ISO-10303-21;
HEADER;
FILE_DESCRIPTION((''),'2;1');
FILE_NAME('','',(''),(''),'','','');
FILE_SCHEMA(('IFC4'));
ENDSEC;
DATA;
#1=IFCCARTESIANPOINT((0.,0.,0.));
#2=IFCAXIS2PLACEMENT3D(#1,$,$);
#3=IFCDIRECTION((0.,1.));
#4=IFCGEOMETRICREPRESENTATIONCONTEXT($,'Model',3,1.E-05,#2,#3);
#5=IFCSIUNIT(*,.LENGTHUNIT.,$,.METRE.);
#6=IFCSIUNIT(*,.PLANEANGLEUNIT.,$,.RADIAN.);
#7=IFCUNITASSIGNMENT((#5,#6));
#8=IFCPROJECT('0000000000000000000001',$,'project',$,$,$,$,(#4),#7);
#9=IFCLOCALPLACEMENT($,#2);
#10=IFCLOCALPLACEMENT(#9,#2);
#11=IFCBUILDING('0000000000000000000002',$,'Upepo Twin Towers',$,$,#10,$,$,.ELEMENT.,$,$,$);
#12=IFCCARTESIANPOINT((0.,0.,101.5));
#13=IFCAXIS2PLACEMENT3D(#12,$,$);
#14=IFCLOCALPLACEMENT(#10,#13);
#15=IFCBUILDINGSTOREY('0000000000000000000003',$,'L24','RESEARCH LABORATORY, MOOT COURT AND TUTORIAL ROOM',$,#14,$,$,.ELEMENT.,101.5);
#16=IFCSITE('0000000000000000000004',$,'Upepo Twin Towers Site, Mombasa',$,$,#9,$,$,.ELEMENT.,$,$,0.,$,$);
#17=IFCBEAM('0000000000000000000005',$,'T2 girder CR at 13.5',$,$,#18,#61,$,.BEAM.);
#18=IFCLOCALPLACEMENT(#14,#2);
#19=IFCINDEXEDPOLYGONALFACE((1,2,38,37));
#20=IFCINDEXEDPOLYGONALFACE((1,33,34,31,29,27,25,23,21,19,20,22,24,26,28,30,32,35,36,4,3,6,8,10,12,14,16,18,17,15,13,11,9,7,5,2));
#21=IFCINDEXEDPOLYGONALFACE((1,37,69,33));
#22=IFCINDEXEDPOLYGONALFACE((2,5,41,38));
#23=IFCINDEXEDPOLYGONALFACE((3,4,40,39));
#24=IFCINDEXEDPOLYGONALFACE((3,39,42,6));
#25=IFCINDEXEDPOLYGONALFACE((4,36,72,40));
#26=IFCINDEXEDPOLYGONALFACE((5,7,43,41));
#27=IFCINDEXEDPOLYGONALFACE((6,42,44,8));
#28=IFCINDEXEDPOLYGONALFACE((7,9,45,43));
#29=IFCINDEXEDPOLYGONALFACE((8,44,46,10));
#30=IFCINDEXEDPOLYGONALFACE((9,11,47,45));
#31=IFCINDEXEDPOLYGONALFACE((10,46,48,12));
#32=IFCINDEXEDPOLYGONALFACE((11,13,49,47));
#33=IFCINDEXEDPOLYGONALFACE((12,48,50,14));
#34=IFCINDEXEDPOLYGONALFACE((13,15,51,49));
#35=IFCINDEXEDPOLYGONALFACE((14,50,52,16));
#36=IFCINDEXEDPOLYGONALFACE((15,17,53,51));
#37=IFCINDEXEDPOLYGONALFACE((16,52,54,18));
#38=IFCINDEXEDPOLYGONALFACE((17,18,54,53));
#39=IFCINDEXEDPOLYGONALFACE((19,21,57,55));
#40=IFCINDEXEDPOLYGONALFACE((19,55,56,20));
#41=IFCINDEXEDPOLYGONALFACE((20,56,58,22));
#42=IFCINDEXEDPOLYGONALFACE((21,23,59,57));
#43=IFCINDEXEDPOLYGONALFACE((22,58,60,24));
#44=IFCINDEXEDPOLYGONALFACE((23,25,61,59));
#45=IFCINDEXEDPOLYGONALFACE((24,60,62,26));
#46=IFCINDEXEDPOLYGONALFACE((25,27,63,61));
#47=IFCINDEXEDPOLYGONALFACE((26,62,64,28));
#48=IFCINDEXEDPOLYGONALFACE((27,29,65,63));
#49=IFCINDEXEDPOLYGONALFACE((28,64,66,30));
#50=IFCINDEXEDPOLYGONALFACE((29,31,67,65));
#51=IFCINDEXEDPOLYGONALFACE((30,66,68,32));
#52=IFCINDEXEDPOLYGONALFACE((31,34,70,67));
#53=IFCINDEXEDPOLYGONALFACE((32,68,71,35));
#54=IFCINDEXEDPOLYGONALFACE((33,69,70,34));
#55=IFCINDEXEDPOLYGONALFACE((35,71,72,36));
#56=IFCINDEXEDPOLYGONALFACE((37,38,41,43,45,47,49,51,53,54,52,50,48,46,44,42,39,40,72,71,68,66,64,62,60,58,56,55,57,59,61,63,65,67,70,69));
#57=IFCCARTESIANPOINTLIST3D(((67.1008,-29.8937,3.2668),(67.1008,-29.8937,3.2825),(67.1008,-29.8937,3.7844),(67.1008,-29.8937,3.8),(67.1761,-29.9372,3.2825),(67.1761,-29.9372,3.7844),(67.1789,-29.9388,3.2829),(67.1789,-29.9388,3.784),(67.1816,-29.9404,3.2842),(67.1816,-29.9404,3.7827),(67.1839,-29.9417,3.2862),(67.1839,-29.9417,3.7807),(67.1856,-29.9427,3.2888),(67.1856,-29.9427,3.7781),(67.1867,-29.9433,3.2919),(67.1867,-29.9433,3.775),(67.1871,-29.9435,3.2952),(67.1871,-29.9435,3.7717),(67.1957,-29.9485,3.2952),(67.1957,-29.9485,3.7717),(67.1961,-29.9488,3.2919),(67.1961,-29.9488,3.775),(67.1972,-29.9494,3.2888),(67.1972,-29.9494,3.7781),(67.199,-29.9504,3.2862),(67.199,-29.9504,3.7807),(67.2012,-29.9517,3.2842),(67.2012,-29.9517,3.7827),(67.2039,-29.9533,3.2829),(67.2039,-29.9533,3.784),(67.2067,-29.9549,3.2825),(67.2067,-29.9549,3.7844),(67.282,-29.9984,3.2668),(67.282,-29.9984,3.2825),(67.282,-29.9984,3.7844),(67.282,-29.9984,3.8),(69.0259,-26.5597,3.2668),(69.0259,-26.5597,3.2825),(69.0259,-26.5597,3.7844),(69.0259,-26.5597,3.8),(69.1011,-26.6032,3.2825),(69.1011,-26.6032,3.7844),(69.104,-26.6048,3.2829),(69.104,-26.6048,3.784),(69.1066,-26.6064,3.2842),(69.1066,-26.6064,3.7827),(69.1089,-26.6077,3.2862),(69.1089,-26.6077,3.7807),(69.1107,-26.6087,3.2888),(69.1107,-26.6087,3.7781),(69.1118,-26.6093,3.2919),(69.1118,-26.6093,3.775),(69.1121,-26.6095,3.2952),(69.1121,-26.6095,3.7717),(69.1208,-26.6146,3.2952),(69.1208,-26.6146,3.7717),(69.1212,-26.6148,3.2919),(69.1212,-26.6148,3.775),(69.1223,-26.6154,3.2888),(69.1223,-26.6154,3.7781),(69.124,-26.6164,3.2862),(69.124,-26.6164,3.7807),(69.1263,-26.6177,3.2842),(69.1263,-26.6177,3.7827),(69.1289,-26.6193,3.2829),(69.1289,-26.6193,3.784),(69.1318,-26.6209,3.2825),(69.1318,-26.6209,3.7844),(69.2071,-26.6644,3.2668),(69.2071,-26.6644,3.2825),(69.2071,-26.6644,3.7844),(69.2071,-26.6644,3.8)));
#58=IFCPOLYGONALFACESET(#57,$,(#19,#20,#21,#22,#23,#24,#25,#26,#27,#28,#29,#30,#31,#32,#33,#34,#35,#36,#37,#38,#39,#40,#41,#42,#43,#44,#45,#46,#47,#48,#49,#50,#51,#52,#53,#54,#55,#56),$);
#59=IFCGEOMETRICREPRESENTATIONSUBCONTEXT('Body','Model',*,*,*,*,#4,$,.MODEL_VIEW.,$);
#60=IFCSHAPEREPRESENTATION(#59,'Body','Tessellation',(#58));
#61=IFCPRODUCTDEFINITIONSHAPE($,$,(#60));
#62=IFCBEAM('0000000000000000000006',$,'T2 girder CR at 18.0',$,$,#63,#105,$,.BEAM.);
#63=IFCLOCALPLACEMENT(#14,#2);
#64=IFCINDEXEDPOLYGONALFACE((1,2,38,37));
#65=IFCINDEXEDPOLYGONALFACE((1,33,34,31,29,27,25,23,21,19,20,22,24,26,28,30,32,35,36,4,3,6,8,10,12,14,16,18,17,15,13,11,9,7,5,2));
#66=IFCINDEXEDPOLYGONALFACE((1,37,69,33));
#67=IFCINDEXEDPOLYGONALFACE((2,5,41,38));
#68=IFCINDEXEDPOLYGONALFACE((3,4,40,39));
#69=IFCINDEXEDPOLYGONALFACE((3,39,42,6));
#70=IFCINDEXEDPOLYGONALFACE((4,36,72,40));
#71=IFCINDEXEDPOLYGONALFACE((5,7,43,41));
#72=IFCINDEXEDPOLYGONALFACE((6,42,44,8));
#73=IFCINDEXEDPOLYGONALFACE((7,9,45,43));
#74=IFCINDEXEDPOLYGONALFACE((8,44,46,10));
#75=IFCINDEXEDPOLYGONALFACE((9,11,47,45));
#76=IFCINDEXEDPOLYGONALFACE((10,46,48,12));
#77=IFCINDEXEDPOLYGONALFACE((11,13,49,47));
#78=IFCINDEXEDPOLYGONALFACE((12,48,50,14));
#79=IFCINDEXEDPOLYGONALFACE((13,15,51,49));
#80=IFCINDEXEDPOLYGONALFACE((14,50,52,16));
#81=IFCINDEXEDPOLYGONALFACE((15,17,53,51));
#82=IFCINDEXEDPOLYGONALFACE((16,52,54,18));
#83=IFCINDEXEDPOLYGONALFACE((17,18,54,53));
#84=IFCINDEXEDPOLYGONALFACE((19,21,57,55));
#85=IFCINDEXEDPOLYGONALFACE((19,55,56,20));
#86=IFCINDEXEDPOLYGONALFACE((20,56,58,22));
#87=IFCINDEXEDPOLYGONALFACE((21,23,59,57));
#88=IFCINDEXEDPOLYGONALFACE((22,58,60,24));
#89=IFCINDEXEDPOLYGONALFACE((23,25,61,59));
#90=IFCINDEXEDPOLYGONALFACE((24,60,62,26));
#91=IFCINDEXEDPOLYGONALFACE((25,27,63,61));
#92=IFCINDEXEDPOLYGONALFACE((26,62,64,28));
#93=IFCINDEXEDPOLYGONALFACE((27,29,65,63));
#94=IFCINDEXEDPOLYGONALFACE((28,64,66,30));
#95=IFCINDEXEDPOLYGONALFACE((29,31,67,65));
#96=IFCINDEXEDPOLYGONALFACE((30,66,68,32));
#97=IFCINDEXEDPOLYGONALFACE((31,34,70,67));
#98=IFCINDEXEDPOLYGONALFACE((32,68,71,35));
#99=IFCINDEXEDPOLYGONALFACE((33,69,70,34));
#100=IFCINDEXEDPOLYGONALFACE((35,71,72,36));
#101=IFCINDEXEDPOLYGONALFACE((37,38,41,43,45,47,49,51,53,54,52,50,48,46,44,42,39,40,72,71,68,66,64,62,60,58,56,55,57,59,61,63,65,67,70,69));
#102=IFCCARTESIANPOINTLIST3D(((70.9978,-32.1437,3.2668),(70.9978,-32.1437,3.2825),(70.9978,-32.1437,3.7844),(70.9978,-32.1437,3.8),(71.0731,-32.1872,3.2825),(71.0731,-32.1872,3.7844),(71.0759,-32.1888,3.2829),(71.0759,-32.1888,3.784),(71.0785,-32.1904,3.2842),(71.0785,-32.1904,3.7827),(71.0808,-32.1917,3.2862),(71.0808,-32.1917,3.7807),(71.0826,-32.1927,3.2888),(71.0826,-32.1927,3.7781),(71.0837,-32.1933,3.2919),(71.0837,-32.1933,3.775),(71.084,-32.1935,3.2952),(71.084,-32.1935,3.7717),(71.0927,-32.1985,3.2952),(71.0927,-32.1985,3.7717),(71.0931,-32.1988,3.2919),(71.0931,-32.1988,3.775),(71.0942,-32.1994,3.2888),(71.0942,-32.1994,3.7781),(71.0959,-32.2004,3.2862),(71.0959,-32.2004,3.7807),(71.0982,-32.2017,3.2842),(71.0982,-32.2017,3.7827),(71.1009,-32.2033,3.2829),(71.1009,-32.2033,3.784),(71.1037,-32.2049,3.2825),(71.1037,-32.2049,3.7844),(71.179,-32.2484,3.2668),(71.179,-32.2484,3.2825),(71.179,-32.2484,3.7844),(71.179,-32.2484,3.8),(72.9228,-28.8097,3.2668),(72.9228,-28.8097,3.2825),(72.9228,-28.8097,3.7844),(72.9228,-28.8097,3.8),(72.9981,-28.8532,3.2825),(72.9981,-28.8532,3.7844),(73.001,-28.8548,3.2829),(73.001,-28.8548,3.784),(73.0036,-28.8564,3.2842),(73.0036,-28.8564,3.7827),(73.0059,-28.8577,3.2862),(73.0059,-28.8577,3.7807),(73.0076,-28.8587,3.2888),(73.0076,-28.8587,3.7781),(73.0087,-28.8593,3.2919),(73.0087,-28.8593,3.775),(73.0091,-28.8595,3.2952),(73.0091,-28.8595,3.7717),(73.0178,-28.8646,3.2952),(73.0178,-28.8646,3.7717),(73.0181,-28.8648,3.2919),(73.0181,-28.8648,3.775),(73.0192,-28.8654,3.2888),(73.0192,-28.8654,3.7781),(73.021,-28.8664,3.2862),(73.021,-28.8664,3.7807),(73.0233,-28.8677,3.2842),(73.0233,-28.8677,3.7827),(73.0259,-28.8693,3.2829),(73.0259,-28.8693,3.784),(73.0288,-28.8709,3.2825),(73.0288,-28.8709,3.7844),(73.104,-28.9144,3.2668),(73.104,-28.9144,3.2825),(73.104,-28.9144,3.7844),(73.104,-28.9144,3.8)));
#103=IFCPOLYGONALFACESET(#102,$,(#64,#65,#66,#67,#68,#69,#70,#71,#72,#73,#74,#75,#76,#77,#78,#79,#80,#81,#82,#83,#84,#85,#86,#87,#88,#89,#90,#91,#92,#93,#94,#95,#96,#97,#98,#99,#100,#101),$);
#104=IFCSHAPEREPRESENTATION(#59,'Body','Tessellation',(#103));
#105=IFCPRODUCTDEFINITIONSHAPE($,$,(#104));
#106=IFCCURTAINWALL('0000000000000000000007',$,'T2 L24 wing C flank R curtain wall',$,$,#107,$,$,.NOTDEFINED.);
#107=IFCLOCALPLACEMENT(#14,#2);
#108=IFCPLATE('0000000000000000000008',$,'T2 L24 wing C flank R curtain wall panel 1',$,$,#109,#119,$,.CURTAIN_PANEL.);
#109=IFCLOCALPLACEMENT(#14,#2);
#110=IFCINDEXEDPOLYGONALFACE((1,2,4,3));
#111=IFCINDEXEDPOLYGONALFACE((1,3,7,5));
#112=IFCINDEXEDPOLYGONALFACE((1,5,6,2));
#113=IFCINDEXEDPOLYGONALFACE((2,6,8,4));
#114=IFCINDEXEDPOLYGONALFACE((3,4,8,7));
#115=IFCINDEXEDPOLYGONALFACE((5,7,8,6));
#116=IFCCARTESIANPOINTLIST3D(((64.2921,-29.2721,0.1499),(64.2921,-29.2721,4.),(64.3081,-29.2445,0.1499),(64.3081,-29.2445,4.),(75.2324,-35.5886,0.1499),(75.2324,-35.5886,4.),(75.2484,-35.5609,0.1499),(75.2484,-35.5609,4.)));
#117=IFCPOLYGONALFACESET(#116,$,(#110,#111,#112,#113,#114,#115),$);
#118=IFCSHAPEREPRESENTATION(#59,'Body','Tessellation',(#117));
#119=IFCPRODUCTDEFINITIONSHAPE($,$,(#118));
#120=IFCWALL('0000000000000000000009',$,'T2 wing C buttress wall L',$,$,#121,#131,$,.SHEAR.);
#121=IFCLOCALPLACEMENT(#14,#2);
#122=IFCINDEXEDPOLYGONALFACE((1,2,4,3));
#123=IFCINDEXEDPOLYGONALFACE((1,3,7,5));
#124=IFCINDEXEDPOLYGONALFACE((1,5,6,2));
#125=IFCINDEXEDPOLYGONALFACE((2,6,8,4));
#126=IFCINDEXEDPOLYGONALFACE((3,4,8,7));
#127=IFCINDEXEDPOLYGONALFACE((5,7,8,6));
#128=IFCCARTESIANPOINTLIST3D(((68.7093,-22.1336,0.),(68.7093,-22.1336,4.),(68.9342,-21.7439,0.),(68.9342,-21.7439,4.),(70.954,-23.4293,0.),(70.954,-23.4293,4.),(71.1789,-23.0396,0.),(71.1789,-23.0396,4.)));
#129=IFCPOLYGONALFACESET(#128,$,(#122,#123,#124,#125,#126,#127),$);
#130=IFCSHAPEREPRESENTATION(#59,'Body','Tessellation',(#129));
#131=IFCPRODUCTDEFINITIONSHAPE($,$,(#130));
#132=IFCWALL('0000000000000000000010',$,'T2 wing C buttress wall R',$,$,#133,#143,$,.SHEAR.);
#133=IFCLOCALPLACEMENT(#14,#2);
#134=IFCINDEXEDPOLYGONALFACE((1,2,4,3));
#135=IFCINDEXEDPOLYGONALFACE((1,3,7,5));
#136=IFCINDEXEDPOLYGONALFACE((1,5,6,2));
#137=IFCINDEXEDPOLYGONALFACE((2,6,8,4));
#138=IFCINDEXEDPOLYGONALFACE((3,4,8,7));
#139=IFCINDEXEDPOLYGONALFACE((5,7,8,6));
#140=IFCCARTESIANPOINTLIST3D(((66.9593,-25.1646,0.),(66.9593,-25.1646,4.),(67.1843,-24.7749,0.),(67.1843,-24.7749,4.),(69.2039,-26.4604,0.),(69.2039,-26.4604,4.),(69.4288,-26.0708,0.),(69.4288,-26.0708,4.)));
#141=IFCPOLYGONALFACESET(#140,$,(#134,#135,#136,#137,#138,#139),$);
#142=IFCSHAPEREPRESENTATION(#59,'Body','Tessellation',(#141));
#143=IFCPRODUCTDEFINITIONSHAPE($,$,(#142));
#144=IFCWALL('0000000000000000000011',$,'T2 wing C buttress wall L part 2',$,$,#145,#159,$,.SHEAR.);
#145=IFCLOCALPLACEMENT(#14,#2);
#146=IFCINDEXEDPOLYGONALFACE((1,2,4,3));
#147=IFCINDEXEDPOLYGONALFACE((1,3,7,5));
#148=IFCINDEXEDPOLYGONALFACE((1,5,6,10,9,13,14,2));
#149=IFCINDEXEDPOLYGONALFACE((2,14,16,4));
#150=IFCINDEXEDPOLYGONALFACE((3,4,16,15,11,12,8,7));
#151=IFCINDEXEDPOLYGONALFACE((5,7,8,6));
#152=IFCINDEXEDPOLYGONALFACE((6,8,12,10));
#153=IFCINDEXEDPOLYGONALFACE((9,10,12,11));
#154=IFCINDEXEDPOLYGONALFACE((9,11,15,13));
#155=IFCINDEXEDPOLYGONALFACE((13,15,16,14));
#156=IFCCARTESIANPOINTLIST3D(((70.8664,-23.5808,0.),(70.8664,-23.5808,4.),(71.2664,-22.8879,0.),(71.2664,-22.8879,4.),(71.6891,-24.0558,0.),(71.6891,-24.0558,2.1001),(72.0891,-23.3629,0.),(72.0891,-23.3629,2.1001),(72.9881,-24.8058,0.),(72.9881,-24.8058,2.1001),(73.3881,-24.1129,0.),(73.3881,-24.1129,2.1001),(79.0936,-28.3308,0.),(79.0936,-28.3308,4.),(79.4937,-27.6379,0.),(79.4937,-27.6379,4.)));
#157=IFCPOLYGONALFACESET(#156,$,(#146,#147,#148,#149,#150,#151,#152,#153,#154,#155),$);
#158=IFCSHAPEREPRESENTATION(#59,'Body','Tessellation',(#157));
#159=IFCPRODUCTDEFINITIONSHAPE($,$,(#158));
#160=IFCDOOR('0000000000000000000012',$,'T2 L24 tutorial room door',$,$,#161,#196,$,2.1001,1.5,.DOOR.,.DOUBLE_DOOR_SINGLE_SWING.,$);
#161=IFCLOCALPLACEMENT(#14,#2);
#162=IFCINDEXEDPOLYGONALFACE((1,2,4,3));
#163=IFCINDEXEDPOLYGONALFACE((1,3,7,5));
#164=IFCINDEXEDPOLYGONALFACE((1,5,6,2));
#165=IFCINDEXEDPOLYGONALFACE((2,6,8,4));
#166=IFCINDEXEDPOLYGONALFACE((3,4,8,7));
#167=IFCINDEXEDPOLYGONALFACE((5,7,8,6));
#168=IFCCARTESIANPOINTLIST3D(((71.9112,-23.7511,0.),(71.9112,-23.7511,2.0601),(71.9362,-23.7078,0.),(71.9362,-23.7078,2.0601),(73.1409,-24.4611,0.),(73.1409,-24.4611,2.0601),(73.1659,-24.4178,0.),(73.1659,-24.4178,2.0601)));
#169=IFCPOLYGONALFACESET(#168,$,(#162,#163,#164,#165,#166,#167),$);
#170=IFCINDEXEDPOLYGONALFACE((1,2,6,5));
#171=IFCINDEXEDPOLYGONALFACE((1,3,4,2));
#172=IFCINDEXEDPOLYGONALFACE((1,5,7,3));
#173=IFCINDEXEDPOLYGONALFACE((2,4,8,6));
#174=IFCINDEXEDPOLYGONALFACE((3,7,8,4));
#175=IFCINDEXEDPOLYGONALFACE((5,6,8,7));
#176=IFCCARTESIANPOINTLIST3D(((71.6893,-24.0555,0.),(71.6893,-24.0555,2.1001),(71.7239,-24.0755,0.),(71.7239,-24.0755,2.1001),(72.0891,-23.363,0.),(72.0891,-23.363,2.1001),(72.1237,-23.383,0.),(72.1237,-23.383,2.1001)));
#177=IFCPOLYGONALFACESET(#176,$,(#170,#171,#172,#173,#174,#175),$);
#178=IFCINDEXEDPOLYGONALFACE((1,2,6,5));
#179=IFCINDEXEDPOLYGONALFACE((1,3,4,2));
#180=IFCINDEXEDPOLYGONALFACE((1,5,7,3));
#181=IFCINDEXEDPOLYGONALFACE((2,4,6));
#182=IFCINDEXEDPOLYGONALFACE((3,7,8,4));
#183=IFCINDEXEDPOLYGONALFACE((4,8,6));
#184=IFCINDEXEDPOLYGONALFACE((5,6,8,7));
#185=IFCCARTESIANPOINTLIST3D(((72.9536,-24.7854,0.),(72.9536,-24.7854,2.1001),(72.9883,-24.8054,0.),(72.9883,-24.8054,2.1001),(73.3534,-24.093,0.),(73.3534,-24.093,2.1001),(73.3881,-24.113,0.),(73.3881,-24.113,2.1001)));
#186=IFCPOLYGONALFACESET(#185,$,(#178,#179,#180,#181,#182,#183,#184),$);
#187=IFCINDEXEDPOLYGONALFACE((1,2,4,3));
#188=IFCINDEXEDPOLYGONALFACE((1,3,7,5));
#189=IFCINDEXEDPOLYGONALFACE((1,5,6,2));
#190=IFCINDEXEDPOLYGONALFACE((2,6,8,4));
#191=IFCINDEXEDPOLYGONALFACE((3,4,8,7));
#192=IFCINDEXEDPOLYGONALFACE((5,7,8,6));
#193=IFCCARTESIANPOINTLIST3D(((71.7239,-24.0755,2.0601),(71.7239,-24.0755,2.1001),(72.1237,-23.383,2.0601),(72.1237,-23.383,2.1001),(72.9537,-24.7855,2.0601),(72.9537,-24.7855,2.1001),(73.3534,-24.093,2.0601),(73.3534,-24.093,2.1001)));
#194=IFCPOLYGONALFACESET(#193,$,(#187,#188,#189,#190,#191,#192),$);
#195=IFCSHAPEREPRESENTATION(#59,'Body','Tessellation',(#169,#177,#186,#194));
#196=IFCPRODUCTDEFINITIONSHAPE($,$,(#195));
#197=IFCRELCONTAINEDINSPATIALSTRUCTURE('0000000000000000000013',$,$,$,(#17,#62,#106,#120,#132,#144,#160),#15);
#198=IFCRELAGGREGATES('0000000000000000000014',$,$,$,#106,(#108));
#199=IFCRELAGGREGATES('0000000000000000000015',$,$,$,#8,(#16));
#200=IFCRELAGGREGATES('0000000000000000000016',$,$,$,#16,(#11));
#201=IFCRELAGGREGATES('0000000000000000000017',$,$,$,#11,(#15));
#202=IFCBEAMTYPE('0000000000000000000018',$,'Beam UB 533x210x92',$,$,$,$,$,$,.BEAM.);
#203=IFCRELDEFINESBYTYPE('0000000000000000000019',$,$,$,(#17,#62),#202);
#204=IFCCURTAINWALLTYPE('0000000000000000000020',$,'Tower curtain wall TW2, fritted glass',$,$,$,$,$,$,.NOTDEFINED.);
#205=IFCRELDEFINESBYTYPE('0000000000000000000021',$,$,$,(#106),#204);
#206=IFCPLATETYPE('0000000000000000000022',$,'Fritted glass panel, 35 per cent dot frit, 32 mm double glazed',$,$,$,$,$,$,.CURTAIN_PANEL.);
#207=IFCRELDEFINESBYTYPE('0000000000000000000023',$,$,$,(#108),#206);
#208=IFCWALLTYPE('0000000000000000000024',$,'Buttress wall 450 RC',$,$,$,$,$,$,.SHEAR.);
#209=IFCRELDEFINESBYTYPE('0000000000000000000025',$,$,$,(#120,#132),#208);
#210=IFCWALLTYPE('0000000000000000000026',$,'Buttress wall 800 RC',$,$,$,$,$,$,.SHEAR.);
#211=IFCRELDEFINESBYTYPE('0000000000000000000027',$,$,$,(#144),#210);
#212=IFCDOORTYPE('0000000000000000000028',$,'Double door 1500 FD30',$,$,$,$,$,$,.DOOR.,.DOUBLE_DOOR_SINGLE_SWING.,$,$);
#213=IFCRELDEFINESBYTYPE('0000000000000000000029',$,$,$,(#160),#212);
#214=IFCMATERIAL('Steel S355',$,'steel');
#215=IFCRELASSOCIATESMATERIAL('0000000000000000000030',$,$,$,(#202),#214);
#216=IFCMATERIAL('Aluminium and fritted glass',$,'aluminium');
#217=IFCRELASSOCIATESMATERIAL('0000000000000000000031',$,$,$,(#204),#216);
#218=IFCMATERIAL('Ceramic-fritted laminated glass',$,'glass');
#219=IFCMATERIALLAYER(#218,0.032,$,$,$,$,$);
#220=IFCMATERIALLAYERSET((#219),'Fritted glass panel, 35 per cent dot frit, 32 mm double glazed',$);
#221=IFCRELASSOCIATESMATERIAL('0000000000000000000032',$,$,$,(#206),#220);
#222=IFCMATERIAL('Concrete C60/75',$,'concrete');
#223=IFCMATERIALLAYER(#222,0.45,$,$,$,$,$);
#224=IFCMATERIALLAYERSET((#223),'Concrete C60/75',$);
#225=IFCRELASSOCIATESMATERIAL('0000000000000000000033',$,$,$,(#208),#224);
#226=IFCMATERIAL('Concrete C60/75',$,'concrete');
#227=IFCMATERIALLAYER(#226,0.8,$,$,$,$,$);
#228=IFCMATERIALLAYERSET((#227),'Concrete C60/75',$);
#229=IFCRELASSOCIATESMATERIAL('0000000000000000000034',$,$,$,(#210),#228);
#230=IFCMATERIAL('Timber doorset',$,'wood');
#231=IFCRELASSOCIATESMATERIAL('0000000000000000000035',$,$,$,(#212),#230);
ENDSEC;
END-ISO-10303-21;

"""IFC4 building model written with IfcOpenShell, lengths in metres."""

from ifc_helpers import new_model, si_unit, direction, frame, frame_2d, origin, origin_2d, place, context, subcontext, project, spatial, rectangle, i_section, extrude, material, layer, layer_set, material_profile, profile_set, type_object, element, fill, aggregate, save


model = new_model("IFC4")

# Units and contexts
model_context = context("Model", 3, precision=1e-05, world=origin(), true_north=direction((0.0, 1.0)))
body_context = subcontext(model_context, "Body", "Model", "MODEL_VIEW")
ifc_project = project(units=[si_unit("LENGTHUNIT", "METRE"), si_unit("PLANEANGLEUNIT", "RADIAN")], contexts=[model_context])

# Site, building, storey
site_placement = place(None, origin())
site = spatial("IfcSite", under=ifc_project, at=site_placement, Name="Upepo Twin Towers Site, Mombasa", CompositionType="ELEMENT", RefElevation=0.0)
building_placement = place(site_placement, origin())
building = spatial("IfcBuilding", under=site, at=building_placement, Name="Upepo Twin Towers", CompositionType="ELEMENT")
storey_placement = place(building_placement, frame((0.0, 0.0, 101.5)))
storey = spatial("IfcBuildingStorey", under=building, at=storey_placement, Name="L24", Description="RESEARCH LABORATORY, MOOT COURT AND TUTORIAL ROOM", CompositionType="ELEMENT", Elevation=101.5)

# Beams
ifc_material_1 = material(Name="Steel S355", Category="steel")
ifc_material_profile_1 = material_profile(ifc_material_1, i_section(OverallWidth=0.2092, OverallDepth=0.5332, WebThickness=0.01, FlangeThickness=0.0156, FilletRadius=0.0127, at=origin_2d()), Name="UB 533x210x92")
ifc_profile_set_1 = profile_set([ifc_material_profile_1], Name="Steel S355")
beam_type_1 = type_object("IfcBeamType", Name="Beam UB 533x210x92", PredefinedType="BEAM", material=ifc_profile_set_1)
for number, where, z_axis, x_axis, name in (
    (1, (67.1914, -29.946, 3.5334), (0.500034, 0.866006, 0.0), (-0.866006, 0.500034, 0.0), "T2 girder CR at 13.5"),
    (2, (71.0884, -32.196, 3.5334), (0.500034, 0.866006, 0.0), (-0.866006, 0.500034, 0.0), "T2 girder CR at 18.0"),
):
    element("IfcBeam", number, at=place(storey_placement, frame(where, z_axis=z_axis, x_axis=x_axis)), inside=storey, type_object=beam_type_1, Name=name, PredefinedType="BEAM", context=body_context, shape_type="SweptSolid", body=[
        extrude(i_section(OverallWidth=0.2092, OverallDepth=0.5332, WebThickness=0.01, FlangeThickness=0.0156, FilletRadius=0.0127, at=origin_2d()), origin(), (0.0, 0.0, 1.0), 3.8499),
    ])

# Curtain wall, plate
ifc_material_2 = material(Name="Aluminium and fritted glass", Category="aluminium")
curtain_wall_type = type_object("IfcCurtainWallType", Name="Tower curtain wall TW2, fritted glass", PredefinedType="NOTDEFINED", material=ifc_material_2)
curtain_wall_placement = place(storey_placement, origin())
curtain_wall = element("IfcCurtainWall", 3, at=curtain_wall_placement, inside=storey, type_object=curtain_wall_type, Name="T2 L24 wing C flank R curtain wall", PredefinedType="NOTDEFINED")
ifc_material_3 = material(Name="Ceramic-fritted laminated glass", Category="glass")
ifc_layer_1 = layer(ifc_material_3, 0.032)
ifc_layer_set_1 = layer_set([ifc_layer_1], Name="Fritted glass panel, 35 per cent dot frit, 32 mm double glazed")
plate_type = type_object("IfcPlateType", Name="Fritted glass panel, 35 per cent dot frit, 32 mm double glazed", PredefinedType="CURTAIN_PANEL", material=ifc_layer_set_1)
plate_placement = place(storey_placement, frame((69.7703, -32.4165, 0.1499), z_axis=(0.0, 0.0, 1.0), x_axis=(-0.866025, 0.5, 0.0)))
plate = element("IfcPlate", 4, at=plate_placement, type_object=plate_type, Name="T2 L24 wing C flank R curtain wall panel 1", PredefinedType="CURTAIN_PANEL", context=body_context, shape_type="SweptSolid", body=[
    extrude(rectangle(XDim=12.6328, YDim=0.032, at=origin_2d()), origin(), (0.0, 0.0, 1.0), 3.8501),
])
aggregate(curtain_wall, [plate])

# Walls
ifc_material_4 = material(Name="Concrete C60/75", Category="concrete")
ifc_layer_2 = layer(ifc_material_4, 0.45)
ifc_layer_set_2 = layer_set([ifc_layer_2], Name="Concrete C60/75")
wall_type_1 = type_object("IfcWallType", Name="Buttress wall 450 RC", PredefinedType="SHEAR", material=ifc_layer_set_2)
for number, where, z_axis, x_axis, name in (
    (5, (68.8218, -21.9387, 0.0), (0.0, 0.0, 1.0), (0.866073, -0.499918, 0.0), "T2 wing C buttress wall L"),
    (6, (67.0718, -24.9697, 0.0), (0.0, 0.0, 1.0), (0.866032, -0.499989, 0.0), "T2 wing C buttress wall R"),
):
    element("IfcWall", number, at=place(storey_placement, frame(where, z_axis=z_axis, x_axis=x_axis)), inside=storey, type_object=wall_type_1, Name=name, PredefinedType="SHEAR", context=body_context, shape_type="SweptSolid", body=[
        extrude(rectangle(XDim=2.5918, YDim=0.45, at=frame_2d((1.2959, 0.0))), origin(), (0.0, 0.0, 1.0), 4.0),
    ])

# Wall, opening, door
ifc_material_5 = material(Name="Concrete C60/75", Category="concrete")
ifc_layer_3 = layer(ifc_material_5, 0.8)
ifc_layer_set_3 = layer_set([ifc_layer_3], Name="Concrete C60/75")
wall_type_2 = type_object("IfcWallType", Name="Buttress wall 800 RC", PredefinedType="SHEAR", material=ifc_layer_set_3)
wall_1_placement = place(storey_placement, frame((71.0664, -23.2344, 0.0), z_axis=(0.0, 0.0, 1.0), x_axis=(0.866027, -0.499998, 0.0)))
wall_1 = element("IfcWall", 7, at=wall_1_placement, inside=storey, type_object=wall_type_2, Name="T2 wing C buttress wall L part 2", PredefinedType="SHEAR", context=body_context, shape_type="SweptSolid", body=[
    extrude(rectangle(XDim=9.5, YDim=0.8, at=frame_2d((4.75, 0.0))), origin(), (0.0, 0.0, 1.0), 4.0),
])
opening_1_placement = place(wall_1_placement, frame((0.95, 0.0, 0.0)))
opening_1 = element("IfcOpeningElement", 8, at=opening_1_placement, cuts=wall_1, PredefinedType="OPENING", context=body_context, shape_type="SweptSolid", body=[
    extrude(rectangle(XDim=1.5, YDim=2.1001, at=frame_2d((0.75, 1.05))), frame((0.0, 0.4099, 0.0), z_axis=(0.0, -1.0, 0.0), x_axis=(1.0, 0.0, 0.0)), (0.0, 0.0, 1.0), 0.8201),
])
ifc_material_6 = material(Name="Timber doorset", Category="wood")
door_type_1 = type_object("IfcDoorType", Name="Double door 1500 FD30", OperationType="DOUBLE_DOOR_SINGLE_SWING", PredefinedType="DOOR", material=ifc_material_6)
door_1_placement = place(opening_1_placement, origin())
door_1 = element("IfcDoor", 9, at=door_1_placement, inside=storey, type_object=door_type_1, Name="T2 L24 tutorial room door", OperationType="DOUBLE_DOOR_SINGLE_SWING", OverallHeight=2.1001, OverallWidth=1.5, PredefinedType="DOOR", context=body_context, shape_type="SweptSolid", body=[
    extrude(rectangle(XDim=1.42, YDim=2.0601, at=frame_2d((0.75, 1.03))), frame((0.0, 0.0249, 0.0), z_axis=(0.0, -1.0, 0.0), x_axis=(1.0, 0.0, 0.0)), (0.0, 0.0, 1.0), 0.05),
    extrude(rectangle(XDim=0.04, YDim=2.1001, at=frame_2d((0.02, 1.05))), frame((0.0, 0.3999, 0.0), z_axis=(0.0, -1.0, 0.0), x_axis=(1.0, 0.0, 0.0)), (0.0, 0.0, 1.0), 0.7996),
    extrude(rectangle(XDim=0.04, YDim=2.1001, at=frame_2d((1.48, 1.05))), frame((0.0, 0.3999, 0.0), z_axis=(0.0, -1.0, 0.0), x_axis=(1.0, 0.0, 0.0)), (0.0, 0.0, 1.0), 0.7996),
    extrude(rectangle(XDim=1.42, YDim=0.04, at=frame_2d((0.75, 2.0801))), frame((0.0, 0.3999, 0.0), z_axis=(0.0, -1.0, 0.0), x_axis=(1.0, 0.0, 0.0)), (0.0, 0.0, 1.0), 0.7996),
])
fill(opening_1, door_1)

save(model, "model.ifc")
